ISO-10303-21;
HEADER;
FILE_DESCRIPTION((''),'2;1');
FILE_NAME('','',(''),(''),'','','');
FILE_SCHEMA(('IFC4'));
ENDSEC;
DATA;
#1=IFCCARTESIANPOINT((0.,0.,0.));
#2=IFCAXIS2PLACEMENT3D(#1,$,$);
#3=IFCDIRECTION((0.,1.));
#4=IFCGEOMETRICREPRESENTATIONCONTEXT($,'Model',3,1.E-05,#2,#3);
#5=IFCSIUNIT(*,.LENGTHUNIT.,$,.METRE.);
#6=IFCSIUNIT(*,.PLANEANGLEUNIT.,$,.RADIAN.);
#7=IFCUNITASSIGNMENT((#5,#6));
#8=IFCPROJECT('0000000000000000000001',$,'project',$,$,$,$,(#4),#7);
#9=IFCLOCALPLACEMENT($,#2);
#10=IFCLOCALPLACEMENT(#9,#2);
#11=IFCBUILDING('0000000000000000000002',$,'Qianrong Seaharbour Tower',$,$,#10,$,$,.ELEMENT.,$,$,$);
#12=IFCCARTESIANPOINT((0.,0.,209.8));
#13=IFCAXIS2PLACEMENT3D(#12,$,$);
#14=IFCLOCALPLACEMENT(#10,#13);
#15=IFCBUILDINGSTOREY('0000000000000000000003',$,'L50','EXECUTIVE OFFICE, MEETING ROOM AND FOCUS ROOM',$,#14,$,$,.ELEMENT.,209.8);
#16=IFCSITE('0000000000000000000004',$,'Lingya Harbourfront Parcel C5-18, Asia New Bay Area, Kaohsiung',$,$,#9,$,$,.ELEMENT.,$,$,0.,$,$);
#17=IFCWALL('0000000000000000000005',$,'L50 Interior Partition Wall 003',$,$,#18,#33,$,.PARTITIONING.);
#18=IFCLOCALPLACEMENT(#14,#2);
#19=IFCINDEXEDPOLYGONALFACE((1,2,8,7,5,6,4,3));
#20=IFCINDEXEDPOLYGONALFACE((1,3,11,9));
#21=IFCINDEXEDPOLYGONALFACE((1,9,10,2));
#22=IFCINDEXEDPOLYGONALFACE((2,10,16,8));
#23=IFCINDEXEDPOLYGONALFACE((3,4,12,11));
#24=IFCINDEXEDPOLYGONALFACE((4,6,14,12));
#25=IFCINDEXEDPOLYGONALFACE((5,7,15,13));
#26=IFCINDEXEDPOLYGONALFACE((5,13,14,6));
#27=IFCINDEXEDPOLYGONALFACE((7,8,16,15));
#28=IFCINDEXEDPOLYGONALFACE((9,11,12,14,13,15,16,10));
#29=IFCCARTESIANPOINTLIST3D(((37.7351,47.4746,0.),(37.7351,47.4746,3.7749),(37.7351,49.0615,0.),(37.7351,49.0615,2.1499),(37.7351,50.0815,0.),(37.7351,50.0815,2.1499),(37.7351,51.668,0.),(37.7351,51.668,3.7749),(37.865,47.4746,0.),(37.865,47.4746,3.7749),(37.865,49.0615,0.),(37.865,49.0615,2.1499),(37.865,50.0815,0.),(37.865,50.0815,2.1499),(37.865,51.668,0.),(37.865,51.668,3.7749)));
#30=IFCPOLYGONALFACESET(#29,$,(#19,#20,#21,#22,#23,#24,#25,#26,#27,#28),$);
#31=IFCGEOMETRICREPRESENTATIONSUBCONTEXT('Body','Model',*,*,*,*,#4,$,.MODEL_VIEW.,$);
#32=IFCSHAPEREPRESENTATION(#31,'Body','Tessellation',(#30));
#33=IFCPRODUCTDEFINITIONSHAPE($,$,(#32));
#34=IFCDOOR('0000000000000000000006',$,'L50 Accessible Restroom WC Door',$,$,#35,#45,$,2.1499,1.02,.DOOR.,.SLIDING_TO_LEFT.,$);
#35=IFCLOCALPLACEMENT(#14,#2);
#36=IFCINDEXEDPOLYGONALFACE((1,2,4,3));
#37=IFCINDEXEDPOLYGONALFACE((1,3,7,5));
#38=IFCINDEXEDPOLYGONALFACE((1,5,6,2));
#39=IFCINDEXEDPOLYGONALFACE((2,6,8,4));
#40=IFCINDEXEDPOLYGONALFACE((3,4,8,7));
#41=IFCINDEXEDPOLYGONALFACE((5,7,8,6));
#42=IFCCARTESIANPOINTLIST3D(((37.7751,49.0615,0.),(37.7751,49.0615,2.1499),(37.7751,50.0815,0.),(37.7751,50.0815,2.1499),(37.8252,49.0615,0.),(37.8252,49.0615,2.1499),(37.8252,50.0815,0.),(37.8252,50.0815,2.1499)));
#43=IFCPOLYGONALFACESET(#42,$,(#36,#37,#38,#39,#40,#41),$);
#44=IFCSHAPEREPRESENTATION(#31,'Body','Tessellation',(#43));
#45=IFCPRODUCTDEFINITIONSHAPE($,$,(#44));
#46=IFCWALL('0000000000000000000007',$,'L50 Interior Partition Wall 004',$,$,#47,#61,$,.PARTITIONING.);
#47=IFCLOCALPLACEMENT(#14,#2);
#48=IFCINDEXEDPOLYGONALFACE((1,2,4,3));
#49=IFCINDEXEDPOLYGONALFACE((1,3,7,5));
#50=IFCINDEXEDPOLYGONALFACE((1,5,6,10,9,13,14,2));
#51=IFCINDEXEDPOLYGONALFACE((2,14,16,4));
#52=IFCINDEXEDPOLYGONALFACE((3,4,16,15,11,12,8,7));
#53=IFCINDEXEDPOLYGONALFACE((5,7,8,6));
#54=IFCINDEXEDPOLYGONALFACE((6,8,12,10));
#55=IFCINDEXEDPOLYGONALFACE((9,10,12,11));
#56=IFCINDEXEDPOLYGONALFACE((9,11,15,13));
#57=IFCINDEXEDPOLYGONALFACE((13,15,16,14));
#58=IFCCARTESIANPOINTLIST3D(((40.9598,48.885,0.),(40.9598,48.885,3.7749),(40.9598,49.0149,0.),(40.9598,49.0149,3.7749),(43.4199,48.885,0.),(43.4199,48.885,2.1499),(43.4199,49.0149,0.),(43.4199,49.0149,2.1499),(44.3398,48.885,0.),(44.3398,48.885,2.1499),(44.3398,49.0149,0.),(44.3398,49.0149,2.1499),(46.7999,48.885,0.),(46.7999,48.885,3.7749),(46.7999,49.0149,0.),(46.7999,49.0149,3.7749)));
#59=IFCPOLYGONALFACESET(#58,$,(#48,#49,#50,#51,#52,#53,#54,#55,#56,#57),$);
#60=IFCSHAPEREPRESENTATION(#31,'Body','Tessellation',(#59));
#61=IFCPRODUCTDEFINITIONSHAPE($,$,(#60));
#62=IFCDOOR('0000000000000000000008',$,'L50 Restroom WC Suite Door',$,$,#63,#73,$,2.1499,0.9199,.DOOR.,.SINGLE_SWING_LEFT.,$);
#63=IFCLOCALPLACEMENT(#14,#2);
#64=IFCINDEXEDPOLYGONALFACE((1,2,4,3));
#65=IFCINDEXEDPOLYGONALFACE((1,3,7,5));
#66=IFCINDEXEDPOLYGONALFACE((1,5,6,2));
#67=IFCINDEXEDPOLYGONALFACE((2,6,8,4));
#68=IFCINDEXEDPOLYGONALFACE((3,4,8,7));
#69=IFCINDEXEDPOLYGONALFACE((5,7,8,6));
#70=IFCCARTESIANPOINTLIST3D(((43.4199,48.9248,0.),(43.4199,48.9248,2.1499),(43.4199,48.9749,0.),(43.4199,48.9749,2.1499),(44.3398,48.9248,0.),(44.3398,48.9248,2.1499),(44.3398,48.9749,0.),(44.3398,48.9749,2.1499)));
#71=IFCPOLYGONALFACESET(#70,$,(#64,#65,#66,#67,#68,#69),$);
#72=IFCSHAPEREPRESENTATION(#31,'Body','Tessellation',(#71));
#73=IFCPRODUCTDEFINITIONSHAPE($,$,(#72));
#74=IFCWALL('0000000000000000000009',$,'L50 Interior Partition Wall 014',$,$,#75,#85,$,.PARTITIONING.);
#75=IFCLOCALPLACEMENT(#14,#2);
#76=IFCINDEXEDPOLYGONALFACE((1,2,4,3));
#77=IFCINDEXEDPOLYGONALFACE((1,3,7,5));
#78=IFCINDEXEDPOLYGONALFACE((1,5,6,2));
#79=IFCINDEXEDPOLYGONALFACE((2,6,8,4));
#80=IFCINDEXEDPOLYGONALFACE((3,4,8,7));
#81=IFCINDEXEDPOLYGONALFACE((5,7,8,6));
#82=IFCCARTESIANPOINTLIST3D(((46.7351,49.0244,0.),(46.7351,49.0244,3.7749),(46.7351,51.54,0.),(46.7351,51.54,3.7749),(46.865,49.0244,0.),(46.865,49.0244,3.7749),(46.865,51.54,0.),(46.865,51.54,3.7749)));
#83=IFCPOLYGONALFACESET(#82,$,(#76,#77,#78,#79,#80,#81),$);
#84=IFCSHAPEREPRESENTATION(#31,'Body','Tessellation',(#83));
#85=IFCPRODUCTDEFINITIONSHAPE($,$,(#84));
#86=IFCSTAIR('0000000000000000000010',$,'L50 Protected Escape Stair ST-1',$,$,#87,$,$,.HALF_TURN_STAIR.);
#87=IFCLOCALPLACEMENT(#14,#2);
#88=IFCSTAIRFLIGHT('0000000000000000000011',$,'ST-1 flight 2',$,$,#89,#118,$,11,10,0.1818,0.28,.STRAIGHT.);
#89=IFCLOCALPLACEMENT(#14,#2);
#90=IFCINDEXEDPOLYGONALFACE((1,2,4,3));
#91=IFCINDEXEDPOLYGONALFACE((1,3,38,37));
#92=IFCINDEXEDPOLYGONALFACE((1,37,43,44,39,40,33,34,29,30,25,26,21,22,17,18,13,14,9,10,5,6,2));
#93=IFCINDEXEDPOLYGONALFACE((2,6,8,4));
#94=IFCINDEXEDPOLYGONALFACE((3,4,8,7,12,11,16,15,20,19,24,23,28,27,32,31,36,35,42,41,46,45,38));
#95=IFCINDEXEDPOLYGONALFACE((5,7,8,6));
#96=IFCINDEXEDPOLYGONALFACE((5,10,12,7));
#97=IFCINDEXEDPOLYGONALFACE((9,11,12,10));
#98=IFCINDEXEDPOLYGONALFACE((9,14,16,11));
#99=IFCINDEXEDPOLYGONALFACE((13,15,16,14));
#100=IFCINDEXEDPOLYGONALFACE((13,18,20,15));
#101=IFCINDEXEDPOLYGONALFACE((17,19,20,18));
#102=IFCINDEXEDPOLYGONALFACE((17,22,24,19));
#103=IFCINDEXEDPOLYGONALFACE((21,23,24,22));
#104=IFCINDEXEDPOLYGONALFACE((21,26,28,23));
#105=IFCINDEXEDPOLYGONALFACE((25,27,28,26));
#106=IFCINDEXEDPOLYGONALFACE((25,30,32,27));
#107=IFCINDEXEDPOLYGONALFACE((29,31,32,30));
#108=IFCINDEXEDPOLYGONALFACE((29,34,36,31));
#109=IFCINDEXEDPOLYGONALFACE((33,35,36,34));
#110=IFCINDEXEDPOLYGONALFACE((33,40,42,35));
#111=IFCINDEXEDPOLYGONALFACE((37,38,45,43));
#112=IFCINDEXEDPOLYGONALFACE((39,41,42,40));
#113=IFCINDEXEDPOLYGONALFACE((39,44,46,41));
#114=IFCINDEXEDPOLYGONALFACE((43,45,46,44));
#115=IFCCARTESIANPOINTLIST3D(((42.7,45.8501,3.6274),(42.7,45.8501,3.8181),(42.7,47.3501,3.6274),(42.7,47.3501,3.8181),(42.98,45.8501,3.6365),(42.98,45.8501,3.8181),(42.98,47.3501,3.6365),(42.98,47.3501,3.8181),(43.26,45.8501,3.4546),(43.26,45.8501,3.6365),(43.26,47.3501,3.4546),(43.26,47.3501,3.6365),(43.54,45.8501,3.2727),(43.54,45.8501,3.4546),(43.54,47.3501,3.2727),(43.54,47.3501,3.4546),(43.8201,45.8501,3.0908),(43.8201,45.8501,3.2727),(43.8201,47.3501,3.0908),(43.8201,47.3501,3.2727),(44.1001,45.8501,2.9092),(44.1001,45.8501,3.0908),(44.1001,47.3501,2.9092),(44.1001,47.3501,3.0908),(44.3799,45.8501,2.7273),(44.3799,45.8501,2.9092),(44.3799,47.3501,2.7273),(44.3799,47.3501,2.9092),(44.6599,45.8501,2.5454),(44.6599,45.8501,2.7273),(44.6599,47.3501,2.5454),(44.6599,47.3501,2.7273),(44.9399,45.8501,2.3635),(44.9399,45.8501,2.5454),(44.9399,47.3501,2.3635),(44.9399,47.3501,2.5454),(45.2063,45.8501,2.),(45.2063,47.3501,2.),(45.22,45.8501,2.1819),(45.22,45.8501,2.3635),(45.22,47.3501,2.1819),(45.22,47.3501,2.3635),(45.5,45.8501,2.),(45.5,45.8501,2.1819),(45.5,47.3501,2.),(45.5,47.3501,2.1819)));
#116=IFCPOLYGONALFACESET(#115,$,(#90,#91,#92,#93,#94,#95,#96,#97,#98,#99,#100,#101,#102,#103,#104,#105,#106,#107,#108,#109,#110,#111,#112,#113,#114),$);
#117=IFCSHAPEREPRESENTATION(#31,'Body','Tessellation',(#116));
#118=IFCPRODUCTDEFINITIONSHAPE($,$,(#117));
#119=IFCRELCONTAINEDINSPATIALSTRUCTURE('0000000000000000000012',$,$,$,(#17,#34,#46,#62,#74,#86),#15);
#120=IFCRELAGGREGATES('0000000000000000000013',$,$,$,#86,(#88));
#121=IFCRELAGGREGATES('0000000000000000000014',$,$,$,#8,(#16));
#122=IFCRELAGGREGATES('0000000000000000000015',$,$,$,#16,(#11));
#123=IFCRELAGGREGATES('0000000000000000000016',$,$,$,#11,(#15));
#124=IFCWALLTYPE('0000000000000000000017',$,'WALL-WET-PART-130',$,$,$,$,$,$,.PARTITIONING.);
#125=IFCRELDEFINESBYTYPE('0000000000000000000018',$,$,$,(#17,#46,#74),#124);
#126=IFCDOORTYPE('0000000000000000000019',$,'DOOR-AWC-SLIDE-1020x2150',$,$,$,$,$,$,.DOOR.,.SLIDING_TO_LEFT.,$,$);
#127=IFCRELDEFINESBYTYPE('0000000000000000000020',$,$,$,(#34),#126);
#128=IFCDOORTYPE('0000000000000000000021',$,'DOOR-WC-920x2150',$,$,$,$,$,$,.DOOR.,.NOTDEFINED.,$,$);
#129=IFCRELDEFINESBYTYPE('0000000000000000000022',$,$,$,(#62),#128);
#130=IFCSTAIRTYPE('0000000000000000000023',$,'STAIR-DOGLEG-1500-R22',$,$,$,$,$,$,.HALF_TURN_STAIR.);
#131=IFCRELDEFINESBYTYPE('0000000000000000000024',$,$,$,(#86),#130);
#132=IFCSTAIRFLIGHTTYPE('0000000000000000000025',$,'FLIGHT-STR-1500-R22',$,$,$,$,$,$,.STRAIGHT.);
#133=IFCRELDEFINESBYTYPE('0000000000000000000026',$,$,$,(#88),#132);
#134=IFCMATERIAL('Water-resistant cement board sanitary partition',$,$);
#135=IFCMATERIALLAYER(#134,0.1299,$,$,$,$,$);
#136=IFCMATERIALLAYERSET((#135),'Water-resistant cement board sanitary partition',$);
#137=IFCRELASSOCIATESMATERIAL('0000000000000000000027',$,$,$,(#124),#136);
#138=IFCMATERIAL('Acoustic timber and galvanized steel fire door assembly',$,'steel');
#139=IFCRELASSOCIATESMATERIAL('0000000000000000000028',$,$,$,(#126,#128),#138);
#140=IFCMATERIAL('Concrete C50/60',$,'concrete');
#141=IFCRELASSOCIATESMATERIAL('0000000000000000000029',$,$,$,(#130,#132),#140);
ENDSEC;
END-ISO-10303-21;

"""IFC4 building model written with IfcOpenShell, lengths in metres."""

from ifc_helpers import new_model, si_unit, direction, frame, frame_2d, origin, place, context, subcontext, project, spatial, polyline, rectangle, outline, extrude, material, layer, layer_set, type_object, element, fill, aggregate, save


model = new_model("IFC4")

# Units and contexts
model_context = context("Model", 3, precision=1e-05, world=origin(), true_north=direction((0.0, 1.0)))
body_context = subcontext(model_context, "Body", "Model", "MODEL_VIEW")
ifc_project = project(units=[si_unit("LENGTHUNIT", "METRE"), si_unit("PLANEANGLEUNIT", "RADIAN")], contexts=[model_context])

# Site, building, storey
site_placement = place(None, origin())
site = spatial("IfcSite", under=ifc_project, at=site_placement, Name="Lingya Harbourfront Parcel C5-18, Asia New Bay Area, Kaohsiung", CompositionType="ELEMENT", RefElevation=0.0)
building_placement = place(site_placement, origin())
building = spatial("IfcBuilding", under=site, at=building_placement, Name="Qianrong Seaharbour Tower", CompositionType="ELEMENT")
storey_placement = place(building_placement, frame((0.0, 0.0, 209.8)))
storey = spatial("IfcBuildingStorey", under=building, at=storey_placement, Name="L50", Description="EXECUTIVE OFFICE, MEETING ROOM AND FOCUS ROOM", CompositionType="ELEMENT", Elevation=209.8)

# Shared definitions
ifc_material_1 = material(Name="Acoustic timber and galvanized steel fire door assembly", Category="steel")

# Shared definitions
ifc_material_2 = material(Name="Concrete C50/60", Category="concrete")

# Walls, openings, doors
ifc_material_3 = material(Name="Water-resistant cement board sanitary partition")
ifc_layer_1 = layer(ifc_material_3, 0.1299)
ifc_layer_set_1 = layer_set([ifc_layer_1], Name="Water-resistant cement board sanitary partition")
wall_type_1 = type_object("IfcWallType", Name="WALL-WET-PART-130", PredefinedType="PARTITIONING", material=ifc_layer_set_1)
wall_1_placement = place(storey_placement, frame((37.8, 47.4746, 0.0), z_axis=(0.0, 0.0, 1.0), x_axis=(0.0, 1.0, 0.0)))
wall_1 = element("IfcWall", 1, at=wall_1_placement, inside=storey, type_object=wall_type_1, Name="L50 Interior Partition Wall 003", PredefinedType="PARTITIONING", context=body_context, shape_type="SweptSolid", body=[
    extrude(rectangle(XDim=4.1934, YDim=0.1299, at=frame_2d((2.0967, 0.0))), origin(), (0.0, 0.0, 1.0), 3.7749),
])
opening_1_placement = place(wall_1_placement, frame((1.5869, 0.0, 0.0)))
opening_1 = element("IfcOpeningElement", 2, at=opening_1_placement, cuts=wall_1, PredefinedType="OPENING", context=body_context, shape_type="SweptSolid", body=[
    extrude(rectangle(XDim=1.02, YDim=2.1499, at=frame_2d((0.51, 1.075))), frame((0.0, 0.075, 0.0), z_axis=(0.0, -1.0, 0.0), x_axis=(1.0, 0.0, 0.0)), (0.0, 0.0, 1.0), 0.1499),
])
door_type_1 = type_object("IfcDoorType", Name="DOOR-AWC-SLIDE-1020x2150", OperationType="SLIDING_TO_LEFT", PredefinedType="DOOR", material=ifc_material_1)
door_1_placement = place(opening_1_placement, origin())
door_1 = element("IfcDoor", 3, at=door_1_placement, inside=storey, type_object=door_type_1, Name="L50 Accessible Restroom WC Door", OperationType="SLIDING_TO_LEFT", OverallHeight=2.1499, OverallWidth=1.02, PredefinedType="DOOR", context=body_context, shape_type="SweptSolid", body=[
    extrude(rectangle(XDim=1.02, YDim=2.1499, at=frame_2d((0.51, 1.075))), frame((0.0, 0.0249, 0.0), z_axis=(0.0, -1.0, 0.0), x_axis=(1.0, 0.0, 0.0)), (0.0, 0.0, 1.0), 0.05),
])
fill(opening_1, door_1)
wall_2_placement = place(storey_placement, frame((40.96, 48.95, 0.0), z_axis=(0.0, 0.0, 1.0), x_axis=(1.0, 0.0, 0.0)))
wall_2 = element("IfcWall", 4, at=wall_2_placement, inside=storey, type_object=wall_type_1, Name="L50 Interior Partition Wall 004", PredefinedType="PARTITIONING", context=body_context, shape_type="SweptSolid", body=[
    extrude(rectangle(XDim=5.8401, YDim=0.1299, at=frame_2d((2.9199, 0.0))), origin(), (0.0, 0.0, 1.0), 3.7749),
])
opening_2_placement = place(wall_2_placement, frame((2.46, 0.0, 0.0)))
opening_2 = element("IfcOpeningElement", 5, at=opening_2_placement, cuts=wall_2, PredefinedType="OPENING", context=body_context, shape_type="SweptSolid", body=[
    extrude(rectangle(XDim=0.9199, YDim=2.1499, at=frame_2d((0.46, 1.075))), frame((0.0, 0.075, 0.0), z_axis=(0.0, -1.0, 0.0), x_axis=(1.0, 0.0, 0.0)), (0.0, 0.0, 1.0), 0.1499),
])
door_type_2 = type_object("IfcDoorType", Name="DOOR-WC-920x2150", OperationType="NOTDEFINED", PredefinedType="DOOR", material=ifc_material_1)
door_2_placement = place(opening_2_placement, origin())
door_2 = element("IfcDoor", 6, at=door_2_placement, inside=storey, type_object=door_type_2, Name="L50 Restroom WC Suite Door", OperationType="SINGLE_SWING_LEFT", OverallHeight=2.1499, OverallWidth=0.9199, PredefinedType="DOOR", context=body_context, shape_type="SweptSolid", body=[
    extrude(rectangle(XDim=0.9199, YDim=2.1499, at=frame_2d((0.46, 1.075))), frame((0.0, 0.0249, 0.0), z_axis=(0.0, -1.0, 0.0), x_axis=(1.0, 0.0, 0.0)), (0.0, 0.0, 1.0), 0.05),
])
fill(opening_2, door_2)

# Wall
wall_3_placement = place(storey_placement, frame((46.8, 51.54, 0.0), z_axis=(0.0, 0.0, 1.0), x_axis=(0.0, -1.0, 0.0)))
element("IfcWall", 7, at=wall_3_placement, inside=storey, type_object=wall_type_1, Name="L50 Interior Partition Wall 014", PredefinedType="PARTITIONING", context=body_context, shape_type="SweptSolid", body=[
    extrude(rectangle(XDim=2.5156, YDim=0.1299, at=frame_2d((1.2578, 0.0))), origin(), (0.0, 0.0, 1.0), 3.7749),
])

# Stair, stair flight
stair_type = type_object("IfcStairType", Name="STAIR-DOGLEG-1500-R22", PredefinedType="HALF_TURN_STAIR", material=ifc_material_2)
stair_placement = place(storey_placement, origin())
stair = element("IfcStair", 8, at=stair_placement, inside=storey, type_object=stair_type, Name="L50 Protected Escape Stair ST-1", PredefinedType="HALF_TURN_STAIR")
stair_flight_type = type_object("IfcStairFlightType", Name="FLIGHT-STR-1500-R22", PredefinedType="STRAIGHT", material=ifc_material_2)
stair_flight_placement = place(storey_placement, frame((45.5, 46.6001, 2.0), z_axis=(0.0, 0.0, 1.0), x_axis=(-1.0, 0.0, 0.0)))
stair_flight = element("IfcStairFlight", 9, at=stair_flight_placement, type_object=stair_flight_type, Name="ST-1 flight 2", NumberOfRisers=11, NumberOfTreads=10, PredefinedType="STRAIGHT", RiserHeight=0.1818, TreadLength=0.28, context=body_context, shape_type="SweptSolid", body=[
    extrude(outline(polyline([(0.0, 0.0), (0.0, 0.1819), (0.28, 0.1819), (0.28, 0.3635), (0.5601, 0.3635), (0.5601, 0.5454), (0.8401, 0.5454), (0.8401, 0.7273), (1.1201, 0.7273), (1.1201, 0.9092), (1.3999, 0.9092), (1.3999, 1.0908), (1.6799, 1.0908), (1.6799, 1.2727), (1.96, 1.2727), (1.96, 1.4546), (2.24, 1.4546), (2.24, 1.6365), (2.52, 1.6365), (2.52, 1.8181), (2.8, 1.8181), (2.8, 2.0), (2.8, 1.6274), (0.2937, 0.0), (0.0, 0.0)])), frame((0.0, 0.75, 0.0), z_axis=(0.0, -1.0, 0.0), x_axis=(1.0, 0.0, 0.0)), (0.0, 0.0, 1.0), 1.5),
])
aggregate(stair, [stair_flight])

save(model, "model.ifc")
